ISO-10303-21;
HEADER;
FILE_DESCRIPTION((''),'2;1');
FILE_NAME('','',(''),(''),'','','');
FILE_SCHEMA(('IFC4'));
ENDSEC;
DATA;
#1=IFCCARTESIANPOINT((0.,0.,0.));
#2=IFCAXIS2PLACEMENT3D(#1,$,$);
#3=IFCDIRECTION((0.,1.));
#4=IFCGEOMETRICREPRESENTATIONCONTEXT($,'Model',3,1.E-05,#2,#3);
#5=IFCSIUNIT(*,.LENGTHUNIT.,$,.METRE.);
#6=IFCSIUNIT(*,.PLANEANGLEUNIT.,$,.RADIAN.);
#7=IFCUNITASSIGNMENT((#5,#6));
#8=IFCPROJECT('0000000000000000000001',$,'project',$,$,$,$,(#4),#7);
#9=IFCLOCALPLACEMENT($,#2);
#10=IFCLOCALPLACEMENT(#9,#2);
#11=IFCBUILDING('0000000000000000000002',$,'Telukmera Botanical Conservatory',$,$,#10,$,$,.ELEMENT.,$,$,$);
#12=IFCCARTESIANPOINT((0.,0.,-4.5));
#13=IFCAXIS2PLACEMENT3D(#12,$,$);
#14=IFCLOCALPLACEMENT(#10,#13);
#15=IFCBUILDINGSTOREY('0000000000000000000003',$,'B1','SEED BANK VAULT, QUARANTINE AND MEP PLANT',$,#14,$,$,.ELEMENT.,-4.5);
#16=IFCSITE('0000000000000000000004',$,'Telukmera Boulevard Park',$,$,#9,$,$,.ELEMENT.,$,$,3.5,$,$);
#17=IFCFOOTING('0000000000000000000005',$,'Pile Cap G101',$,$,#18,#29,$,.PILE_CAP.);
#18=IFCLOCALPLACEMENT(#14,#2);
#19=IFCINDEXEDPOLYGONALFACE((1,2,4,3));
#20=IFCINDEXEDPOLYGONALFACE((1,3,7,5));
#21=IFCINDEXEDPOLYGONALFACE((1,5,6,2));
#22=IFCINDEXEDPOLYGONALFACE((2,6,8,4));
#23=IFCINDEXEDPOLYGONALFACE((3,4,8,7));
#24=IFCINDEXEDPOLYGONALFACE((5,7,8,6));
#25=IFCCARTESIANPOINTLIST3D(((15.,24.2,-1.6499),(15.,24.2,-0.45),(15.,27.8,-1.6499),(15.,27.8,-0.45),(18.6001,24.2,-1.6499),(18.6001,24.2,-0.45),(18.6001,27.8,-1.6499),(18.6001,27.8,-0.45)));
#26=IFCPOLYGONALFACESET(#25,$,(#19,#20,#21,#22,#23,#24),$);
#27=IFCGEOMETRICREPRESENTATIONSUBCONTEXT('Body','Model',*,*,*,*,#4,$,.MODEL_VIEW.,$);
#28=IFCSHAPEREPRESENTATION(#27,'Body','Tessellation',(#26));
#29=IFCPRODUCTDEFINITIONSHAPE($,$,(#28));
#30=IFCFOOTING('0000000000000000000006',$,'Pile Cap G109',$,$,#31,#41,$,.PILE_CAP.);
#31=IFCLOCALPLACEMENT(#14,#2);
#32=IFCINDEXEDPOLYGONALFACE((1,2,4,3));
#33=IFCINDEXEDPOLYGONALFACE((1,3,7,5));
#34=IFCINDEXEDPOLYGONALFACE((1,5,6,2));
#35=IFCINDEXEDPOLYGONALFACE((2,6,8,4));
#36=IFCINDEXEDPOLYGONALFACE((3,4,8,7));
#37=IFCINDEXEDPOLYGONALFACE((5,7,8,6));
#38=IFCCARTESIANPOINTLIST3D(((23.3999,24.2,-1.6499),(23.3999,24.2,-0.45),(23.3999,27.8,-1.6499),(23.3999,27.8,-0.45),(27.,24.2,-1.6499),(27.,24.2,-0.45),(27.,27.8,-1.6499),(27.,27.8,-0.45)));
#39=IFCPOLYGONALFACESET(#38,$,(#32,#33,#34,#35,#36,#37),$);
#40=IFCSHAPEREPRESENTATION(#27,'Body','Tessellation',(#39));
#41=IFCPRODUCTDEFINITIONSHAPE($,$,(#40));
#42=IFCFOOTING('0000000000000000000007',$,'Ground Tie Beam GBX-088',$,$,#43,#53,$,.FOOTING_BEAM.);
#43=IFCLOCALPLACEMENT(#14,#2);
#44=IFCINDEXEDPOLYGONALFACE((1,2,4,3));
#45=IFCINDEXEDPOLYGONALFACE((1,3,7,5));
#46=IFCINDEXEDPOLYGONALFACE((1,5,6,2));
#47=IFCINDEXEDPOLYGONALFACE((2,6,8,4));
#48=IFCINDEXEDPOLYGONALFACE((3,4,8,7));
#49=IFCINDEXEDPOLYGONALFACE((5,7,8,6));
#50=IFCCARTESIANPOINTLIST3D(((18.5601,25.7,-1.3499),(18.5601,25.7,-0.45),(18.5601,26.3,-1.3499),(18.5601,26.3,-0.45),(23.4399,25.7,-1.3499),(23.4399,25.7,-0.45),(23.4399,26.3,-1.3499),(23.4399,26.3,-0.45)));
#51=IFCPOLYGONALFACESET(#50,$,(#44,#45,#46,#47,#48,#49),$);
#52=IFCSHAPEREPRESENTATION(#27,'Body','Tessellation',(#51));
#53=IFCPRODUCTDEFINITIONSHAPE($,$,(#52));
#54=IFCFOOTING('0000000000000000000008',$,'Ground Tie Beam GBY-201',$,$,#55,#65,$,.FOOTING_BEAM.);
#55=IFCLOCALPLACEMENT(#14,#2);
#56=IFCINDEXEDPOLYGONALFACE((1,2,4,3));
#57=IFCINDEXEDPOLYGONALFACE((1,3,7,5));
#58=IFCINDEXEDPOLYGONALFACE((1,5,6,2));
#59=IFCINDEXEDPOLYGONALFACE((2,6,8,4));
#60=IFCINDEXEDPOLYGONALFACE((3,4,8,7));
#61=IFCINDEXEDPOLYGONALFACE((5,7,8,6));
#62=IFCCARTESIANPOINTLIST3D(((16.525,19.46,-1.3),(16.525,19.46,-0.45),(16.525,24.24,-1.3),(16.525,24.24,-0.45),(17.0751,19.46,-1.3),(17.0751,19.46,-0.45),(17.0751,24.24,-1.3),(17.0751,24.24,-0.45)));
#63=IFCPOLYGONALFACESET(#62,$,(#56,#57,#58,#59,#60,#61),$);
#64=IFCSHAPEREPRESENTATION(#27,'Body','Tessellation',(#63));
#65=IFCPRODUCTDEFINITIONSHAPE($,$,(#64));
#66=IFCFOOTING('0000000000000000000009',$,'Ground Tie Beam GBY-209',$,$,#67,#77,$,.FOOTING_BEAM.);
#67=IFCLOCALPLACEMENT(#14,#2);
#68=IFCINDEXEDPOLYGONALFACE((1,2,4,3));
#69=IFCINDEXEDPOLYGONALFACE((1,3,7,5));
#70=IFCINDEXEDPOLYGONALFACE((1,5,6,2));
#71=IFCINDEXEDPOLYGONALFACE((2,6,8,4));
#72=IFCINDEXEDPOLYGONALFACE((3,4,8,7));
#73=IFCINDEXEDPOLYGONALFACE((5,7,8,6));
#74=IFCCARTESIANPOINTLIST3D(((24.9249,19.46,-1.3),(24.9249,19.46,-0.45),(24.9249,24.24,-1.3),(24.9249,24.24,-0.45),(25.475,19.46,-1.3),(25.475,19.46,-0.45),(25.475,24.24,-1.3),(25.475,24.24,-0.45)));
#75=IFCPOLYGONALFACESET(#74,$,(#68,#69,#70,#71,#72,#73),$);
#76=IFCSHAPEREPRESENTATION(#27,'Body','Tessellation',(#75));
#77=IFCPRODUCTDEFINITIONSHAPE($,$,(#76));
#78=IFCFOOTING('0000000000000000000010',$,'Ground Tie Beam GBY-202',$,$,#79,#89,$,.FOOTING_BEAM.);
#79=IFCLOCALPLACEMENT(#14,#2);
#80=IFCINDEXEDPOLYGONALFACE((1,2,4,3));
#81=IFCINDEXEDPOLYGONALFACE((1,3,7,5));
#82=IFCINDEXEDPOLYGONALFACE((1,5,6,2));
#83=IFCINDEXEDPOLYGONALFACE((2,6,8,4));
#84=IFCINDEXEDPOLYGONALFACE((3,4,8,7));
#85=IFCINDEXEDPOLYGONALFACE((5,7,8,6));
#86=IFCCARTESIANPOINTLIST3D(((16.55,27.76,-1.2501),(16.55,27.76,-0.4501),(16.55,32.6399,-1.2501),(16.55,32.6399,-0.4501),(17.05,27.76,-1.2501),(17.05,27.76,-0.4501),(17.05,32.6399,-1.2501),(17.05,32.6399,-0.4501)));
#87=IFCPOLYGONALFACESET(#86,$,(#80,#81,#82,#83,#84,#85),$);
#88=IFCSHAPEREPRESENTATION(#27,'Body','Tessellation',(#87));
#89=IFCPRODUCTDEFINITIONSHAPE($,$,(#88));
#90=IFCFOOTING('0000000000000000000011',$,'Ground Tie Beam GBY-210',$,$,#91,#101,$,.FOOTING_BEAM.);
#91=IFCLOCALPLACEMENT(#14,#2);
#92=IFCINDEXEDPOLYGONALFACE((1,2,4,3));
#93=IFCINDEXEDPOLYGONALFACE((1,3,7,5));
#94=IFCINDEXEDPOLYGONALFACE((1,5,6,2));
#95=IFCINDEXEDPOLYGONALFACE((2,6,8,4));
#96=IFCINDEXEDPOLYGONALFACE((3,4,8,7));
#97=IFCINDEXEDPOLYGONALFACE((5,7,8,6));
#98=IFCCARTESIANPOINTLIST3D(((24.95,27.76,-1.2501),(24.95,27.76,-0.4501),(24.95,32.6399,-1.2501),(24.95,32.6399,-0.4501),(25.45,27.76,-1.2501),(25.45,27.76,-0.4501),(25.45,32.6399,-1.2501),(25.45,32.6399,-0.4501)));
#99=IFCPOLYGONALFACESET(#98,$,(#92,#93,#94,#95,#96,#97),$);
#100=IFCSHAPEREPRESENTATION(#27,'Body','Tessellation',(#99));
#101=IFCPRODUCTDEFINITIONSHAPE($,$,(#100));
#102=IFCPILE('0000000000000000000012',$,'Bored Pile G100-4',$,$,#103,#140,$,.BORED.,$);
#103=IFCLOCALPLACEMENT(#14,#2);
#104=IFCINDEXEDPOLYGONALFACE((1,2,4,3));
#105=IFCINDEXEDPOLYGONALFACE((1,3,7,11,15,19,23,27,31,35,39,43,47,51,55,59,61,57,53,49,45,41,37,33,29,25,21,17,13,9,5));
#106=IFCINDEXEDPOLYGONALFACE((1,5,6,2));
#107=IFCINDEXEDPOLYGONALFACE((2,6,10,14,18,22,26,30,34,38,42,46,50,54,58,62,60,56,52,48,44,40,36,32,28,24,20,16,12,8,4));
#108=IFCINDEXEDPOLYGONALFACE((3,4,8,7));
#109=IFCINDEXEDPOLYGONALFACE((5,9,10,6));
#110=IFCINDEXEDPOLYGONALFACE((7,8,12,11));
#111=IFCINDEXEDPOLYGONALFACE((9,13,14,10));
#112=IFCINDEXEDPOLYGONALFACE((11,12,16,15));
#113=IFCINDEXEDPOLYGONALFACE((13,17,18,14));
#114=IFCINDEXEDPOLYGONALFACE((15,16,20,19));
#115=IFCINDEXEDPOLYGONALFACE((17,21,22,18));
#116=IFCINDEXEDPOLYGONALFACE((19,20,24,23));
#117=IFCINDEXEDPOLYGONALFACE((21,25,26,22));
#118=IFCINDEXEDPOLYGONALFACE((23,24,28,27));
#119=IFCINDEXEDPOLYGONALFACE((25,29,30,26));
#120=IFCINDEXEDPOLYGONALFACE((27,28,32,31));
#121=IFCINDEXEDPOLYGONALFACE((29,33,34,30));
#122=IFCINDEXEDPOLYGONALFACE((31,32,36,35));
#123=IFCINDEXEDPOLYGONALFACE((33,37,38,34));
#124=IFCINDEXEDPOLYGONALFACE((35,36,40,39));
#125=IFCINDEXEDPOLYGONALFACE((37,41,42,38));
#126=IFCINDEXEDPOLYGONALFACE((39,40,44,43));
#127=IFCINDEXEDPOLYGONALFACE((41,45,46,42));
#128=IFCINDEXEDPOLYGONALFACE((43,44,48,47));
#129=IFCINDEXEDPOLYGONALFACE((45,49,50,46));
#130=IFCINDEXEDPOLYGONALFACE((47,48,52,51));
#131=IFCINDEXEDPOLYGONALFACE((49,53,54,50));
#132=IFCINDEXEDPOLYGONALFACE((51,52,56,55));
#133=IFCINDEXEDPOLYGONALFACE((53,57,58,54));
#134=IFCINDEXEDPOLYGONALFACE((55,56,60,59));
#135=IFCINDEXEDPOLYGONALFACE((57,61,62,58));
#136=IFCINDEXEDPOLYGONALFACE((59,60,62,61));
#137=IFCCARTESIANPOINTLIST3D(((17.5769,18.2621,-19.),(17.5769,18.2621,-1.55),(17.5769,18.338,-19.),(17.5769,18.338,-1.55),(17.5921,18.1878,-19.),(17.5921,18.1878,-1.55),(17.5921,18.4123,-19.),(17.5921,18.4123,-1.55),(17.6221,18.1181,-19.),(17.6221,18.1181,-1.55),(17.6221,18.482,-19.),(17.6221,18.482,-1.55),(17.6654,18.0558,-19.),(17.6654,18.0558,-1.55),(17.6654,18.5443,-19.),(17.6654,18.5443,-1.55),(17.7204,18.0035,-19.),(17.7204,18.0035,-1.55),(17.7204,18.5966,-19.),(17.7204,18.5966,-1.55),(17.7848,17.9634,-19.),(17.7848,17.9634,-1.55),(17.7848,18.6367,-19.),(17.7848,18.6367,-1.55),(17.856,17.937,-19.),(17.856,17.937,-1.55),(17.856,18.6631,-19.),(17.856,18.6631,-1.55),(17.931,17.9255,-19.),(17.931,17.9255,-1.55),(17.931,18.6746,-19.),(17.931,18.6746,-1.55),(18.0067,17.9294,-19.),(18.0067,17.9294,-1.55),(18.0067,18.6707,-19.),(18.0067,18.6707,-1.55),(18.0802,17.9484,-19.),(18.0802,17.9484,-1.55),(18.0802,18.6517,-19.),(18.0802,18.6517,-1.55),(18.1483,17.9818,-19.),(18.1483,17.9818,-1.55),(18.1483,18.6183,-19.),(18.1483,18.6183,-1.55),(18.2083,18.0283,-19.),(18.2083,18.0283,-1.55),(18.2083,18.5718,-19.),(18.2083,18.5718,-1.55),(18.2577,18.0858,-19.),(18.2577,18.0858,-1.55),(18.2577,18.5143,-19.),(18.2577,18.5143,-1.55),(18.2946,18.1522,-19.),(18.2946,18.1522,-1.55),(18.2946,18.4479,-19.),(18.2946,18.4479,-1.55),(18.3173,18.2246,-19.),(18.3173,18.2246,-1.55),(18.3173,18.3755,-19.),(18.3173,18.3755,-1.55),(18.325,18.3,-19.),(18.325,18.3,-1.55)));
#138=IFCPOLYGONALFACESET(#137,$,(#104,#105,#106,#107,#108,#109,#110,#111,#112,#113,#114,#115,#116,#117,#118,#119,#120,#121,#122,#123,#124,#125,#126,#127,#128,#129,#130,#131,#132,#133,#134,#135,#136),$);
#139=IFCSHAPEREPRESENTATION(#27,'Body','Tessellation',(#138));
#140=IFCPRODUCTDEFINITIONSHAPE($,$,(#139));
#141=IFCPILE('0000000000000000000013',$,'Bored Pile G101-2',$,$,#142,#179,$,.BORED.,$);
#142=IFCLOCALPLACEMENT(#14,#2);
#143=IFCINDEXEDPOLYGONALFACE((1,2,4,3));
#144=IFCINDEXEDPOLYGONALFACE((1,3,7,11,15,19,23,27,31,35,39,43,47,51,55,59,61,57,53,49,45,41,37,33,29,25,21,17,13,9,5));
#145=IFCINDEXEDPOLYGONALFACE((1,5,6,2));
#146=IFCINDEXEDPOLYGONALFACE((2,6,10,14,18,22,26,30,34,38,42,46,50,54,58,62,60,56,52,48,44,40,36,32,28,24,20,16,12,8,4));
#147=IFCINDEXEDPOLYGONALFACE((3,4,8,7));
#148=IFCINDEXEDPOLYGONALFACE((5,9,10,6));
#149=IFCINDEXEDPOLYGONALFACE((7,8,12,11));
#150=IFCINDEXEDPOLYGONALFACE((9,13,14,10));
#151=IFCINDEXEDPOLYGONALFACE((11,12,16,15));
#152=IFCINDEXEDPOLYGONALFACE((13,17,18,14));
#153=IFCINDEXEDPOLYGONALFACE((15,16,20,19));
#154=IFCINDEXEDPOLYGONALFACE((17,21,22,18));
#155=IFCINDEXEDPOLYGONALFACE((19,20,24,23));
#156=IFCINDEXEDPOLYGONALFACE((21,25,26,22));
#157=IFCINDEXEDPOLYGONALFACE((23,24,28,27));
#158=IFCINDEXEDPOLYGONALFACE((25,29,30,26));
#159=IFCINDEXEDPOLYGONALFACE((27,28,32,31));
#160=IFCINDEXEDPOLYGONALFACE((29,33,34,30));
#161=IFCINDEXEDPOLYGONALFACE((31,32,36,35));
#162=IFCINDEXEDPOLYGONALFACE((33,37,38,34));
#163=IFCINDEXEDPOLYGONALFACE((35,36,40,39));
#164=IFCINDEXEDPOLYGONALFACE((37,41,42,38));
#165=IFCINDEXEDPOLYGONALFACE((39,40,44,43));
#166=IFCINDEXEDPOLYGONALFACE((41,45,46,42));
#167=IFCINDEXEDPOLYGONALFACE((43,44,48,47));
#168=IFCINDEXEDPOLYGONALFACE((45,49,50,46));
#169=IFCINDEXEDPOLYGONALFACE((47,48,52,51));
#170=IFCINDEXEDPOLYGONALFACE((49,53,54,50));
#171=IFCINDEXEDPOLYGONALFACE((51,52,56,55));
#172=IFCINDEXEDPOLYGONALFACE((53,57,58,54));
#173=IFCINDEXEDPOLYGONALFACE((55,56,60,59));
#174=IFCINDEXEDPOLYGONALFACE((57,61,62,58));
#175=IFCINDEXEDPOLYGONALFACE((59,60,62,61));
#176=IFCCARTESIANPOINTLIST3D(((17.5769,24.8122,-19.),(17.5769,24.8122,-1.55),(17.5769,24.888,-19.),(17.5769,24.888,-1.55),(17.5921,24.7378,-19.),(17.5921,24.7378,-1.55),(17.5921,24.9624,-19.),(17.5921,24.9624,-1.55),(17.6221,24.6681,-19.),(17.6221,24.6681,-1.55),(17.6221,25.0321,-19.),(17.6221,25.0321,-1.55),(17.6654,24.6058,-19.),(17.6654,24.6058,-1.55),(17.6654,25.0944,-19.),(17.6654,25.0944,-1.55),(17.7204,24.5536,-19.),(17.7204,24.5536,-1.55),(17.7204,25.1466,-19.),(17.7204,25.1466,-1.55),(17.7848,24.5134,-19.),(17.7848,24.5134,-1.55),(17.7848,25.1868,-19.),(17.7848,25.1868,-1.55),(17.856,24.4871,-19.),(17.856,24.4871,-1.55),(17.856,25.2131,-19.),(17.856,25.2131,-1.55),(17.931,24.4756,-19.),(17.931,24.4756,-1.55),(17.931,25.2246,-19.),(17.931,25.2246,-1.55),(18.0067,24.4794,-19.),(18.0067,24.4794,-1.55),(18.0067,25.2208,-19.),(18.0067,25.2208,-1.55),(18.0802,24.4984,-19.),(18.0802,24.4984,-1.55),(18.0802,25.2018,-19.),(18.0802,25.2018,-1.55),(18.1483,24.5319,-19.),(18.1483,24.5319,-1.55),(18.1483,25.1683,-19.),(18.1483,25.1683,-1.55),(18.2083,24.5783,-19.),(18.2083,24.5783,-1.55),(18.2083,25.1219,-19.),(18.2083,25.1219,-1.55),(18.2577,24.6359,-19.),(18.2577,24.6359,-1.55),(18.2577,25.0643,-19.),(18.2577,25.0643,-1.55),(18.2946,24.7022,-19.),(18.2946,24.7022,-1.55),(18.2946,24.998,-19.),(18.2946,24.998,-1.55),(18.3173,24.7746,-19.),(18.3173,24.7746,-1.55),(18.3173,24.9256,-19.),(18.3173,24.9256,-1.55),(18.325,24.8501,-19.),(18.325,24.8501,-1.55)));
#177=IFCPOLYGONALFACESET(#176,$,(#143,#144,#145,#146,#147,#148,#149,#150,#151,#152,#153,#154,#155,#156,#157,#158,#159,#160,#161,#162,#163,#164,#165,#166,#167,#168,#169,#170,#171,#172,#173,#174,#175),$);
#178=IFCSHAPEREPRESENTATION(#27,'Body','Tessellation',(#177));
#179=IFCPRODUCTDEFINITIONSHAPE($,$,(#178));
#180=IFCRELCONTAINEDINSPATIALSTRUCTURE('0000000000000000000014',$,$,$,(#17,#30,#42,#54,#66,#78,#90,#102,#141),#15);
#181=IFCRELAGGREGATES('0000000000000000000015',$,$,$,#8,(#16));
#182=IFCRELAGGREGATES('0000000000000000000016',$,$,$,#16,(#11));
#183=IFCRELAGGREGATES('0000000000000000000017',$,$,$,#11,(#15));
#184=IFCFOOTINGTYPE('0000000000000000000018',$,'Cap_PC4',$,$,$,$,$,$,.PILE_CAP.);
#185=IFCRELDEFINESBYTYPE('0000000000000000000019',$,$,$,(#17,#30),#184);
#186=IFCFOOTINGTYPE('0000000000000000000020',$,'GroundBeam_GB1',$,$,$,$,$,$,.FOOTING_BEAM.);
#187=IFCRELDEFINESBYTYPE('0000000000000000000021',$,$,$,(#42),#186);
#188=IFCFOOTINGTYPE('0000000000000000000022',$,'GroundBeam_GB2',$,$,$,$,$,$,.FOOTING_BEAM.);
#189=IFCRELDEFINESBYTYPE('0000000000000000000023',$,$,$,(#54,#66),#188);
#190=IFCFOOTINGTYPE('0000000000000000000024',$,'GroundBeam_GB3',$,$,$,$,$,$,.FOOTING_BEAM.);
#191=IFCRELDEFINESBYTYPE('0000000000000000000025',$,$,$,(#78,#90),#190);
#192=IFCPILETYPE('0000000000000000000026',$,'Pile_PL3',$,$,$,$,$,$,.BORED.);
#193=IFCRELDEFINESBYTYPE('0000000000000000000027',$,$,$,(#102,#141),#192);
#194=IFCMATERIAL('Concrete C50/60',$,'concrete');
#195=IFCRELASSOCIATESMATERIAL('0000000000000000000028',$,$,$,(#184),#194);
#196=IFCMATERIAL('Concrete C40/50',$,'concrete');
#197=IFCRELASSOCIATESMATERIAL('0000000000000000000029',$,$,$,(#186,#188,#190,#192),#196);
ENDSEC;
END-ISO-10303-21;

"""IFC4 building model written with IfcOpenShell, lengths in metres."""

from ifc_helpers import new_model, si_unit, direction, frame, origin, origin_2d, place, context, subcontext, project, spatial, rectangle, circle, extrude, material, material_profile, profile_set, type_object, element, save


model = new_model("IFC4")

# Units and contexts
model_context = context("Model", 3, precision=1e-05, world=origin(), true_north=direction((0.0, 1.0)))
body_context = subcontext(model_context, "Body", "Model", "MODEL_VIEW")
ifc_project = project(units=[si_unit("LENGTHUNIT", "METRE"), si_unit("PLANEANGLEUNIT", "RADIAN")], contexts=[model_context])

# Site, building, storey
site_placement = place(None, origin())
site = spatial("IfcSite", under=ifc_project, at=site_placement, Name="Telukmera Boulevard Park", CompositionType="ELEMENT", RefElevation=3.5)
building_placement = place(site_placement, origin())
building = spatial("IfcBuilding", under=site, at=building_placement, Name="Telukmera Botanical Conservatory", CompositionType="ELEMENT")
storey_placement = place(building_placement, frame((0.0, 0.0, -4.5)))
storey = spatial("IfcBuildingStorey", under=building, at=storey_placement, Name="B1", Description="SEED BANK VAULT, QUARANTINE AND MEP PLANT", CompositionType="ELEMENT", Elevation=-4.5)

# Footings
ifc_material_1 = material(Name="Concrete C50/60", Category="concrete")
footing_type_1 = type_object("IfcFootingType", Name="Cap_PC4", PredefinedType="PILE_CAP", material=ifc_material_1)
for number, where, z_axis, x_axis, name in (
    (1, (16.8, 26.0, -1.6499), (0.0, 0.0, 1.0), (1.0, 0.0, 0.0), "Pile Cap G101"),
    (2, (25.2, 26.0, -1.6499), (0.0, 0.0, 1.0), (1.0, 0.0, 0.0), "Pile Cap G109"),
):
    element("IfcFooting", number, at=place(storey_placement, frame(where, z_axis=z_axis, x_axis=x_axis)), inside=storey, type_object=footing_type_1, Name=name, PredefinedType="PILE_CAP", context=body_context, shape_type="SweptSolid", body=[
        extrude(rectangle(XDim=3.6001, YDim=3.6001, at=origin_2d()), origin(), (0.0, 0.0, 1.0), 1.2),
    ])
ifc_material_2 = material(Name="Concrete C40/50", Category="concrete")
ifc_material_profile_1 = material_profile(ifc_material_2, rectangle(XDim=0.6001, YDim=0.8999, at=origin_2d()), Name="RC 600x900")
ifc_profile_set_1 = profile_set([ifc_material_profile_1], Name="Concrete C40/50")
footing_type_2 = type_object("IfcFootingType", Name="GroundBeam_GB1", PredefinedType="FOOTING_BEAM", material=ifc_profile_set_1)
footing_placement = place(storey_placement, frame((18.5601, 26.0, -0.8999), z_axis=(1.0, 0.0, 0.0), x_axis=(0.0, 1.0, 0.0)))
element("IfcFooting", 3, at=footing_placement, inside=storey, type_object=footing_type_2, Name="Ground Tie Beam GBX-088", PredefinedType="FOOTING_BEAM", context=body_context, shape_type="SweptSolid", body=[
    extrude(rectangle(XDim=0.6001, YDim=0.8999, at=origin_2d()), origin(), (0.0, 0.0, 1.0), 4.8799),
])
ifc_material_profile_2 = material_profile(ifc_material_2, rectangle(XDim=0.55, YDim=0.8501, at=origin_2d()), Name="RC 550x850")
ifc_profile_set_2 = profile_set([ifc_material_profile_2], Name="Concrete C40/50")
footing_type_3 = type_object("IfcFootingType", Name="GroundBeam_GB2", PredefinedType="FOOTING_BEAM", material=ifc_profile_set_2)
for number, where, z_axis, x_axis, name in (
    (4, (16.8, 19.46, -0.875), (0.0, 1.0, 0.0), (-1.0, 0.0, 0.0), "Ground Tie Beam GBY-201"),
    (5, (25.2, 19.46, -0.875), (0.0, 1.0, 0.0), (-1.0, 0.0, 0.0), "Ground Tie Beam GBY-209"),
):
    element("IfcFooting", number, at=place(storey_placement, frame(where, z_axis=z_axis, x_axis=x_axis)), inside=storey, type_object=footing_type_3, Name=name, PredefinedType="FOOTING_BEAM", context=body_context, shape_type="SweptSolid", body=[
        extrude(rectangle(XDim=0.55, YDim=0.8501, at=origin_2d()), origin(), (0.0, 0.0, 1.0), 4.78),
    ])
ifc_material_profile_3 = material_profile(ifc_material_2, rectangle(XDim=0.5, YDim=0.8, at=origin_2d()), Name="RC 500x800")
ifc_profile_set_3 = profile_set([ifc_material_profile_3], Name="Concrete C40/50")
footing_type_4 = type_object("IfcFootingType", Name="GroundBeam_GB3", PredefinedType="FOOTING_BEAM", material=ifc_profile_set_3)
for number, where, z_axis, x_axis, name in (
    (6, (16.8, 27.76, -0.8501), (0.0, 1.0, 0.0), (-1.0, 0.0, 0.0), "Ground Tie Beam GBY-202"),
    (7, (25.2, 27.76, -0.8501), (0.0, 1.0, 0.0), (-1.0, 0.0, 0.0), "Ground Tie Beam GBY-210"),
):
    element("IfcFooting", number, at=place(storey_placement, frame(where, z_axis=z_axis, x_axis=x_axis)), inside=storey, type_object=footing_type_4, Name=name, PredefinedType="FOOTING_BEAM", context=body_context, shape_type="SweptSolid", body=[
        extrude(rectangle(XDim=0.5, YDim=0.8, at=origin_2d()), origin(), (0.0, 0.0, 1.0), 4.8799),
    ])

# Piles
ifc_material_profile_4 = material_profile(ifc_material_2, circle(Radius=0.375, at=origin_2d()), Name="PILE D750")
ifc_profile_set_4 = profile_set([ifc_material_profile_4], Name="Concrete C40/50")
pile_type = type_object("IfcPileType", Name="Pile_PL3", PredefinedType="BORED", material=ifc_profile_set_4)
for number, where, z_axis, x_axis, name in (
    (8, (17.95, 18.3, -1.55), (0.0, 0.0, -1.0), (1.0, 0.0, 0.0), "Bored Pile G100-4"),
    (9, (17.95, 24.8501, -1.55), (0.0, 0.0, -1.0), (1.0, 0.0, 0.0), "Bored Pile G101-2"),
):
    element("IfcPile", number, at=place(storey_placement, frame(where, z_axis=z_axis, x_axis=x_axis)), inside=storey, type_object=pile_type, Name=name, PredefinedType="BORED", context=body_context, shape_type="SweptSolid", body=[
        extrude(circle(Radius=0.375, at=origin_2d()), origin(), (0.0, 0.0, 1.0), 17.45),
    ])

save(model, "model.ifc")
